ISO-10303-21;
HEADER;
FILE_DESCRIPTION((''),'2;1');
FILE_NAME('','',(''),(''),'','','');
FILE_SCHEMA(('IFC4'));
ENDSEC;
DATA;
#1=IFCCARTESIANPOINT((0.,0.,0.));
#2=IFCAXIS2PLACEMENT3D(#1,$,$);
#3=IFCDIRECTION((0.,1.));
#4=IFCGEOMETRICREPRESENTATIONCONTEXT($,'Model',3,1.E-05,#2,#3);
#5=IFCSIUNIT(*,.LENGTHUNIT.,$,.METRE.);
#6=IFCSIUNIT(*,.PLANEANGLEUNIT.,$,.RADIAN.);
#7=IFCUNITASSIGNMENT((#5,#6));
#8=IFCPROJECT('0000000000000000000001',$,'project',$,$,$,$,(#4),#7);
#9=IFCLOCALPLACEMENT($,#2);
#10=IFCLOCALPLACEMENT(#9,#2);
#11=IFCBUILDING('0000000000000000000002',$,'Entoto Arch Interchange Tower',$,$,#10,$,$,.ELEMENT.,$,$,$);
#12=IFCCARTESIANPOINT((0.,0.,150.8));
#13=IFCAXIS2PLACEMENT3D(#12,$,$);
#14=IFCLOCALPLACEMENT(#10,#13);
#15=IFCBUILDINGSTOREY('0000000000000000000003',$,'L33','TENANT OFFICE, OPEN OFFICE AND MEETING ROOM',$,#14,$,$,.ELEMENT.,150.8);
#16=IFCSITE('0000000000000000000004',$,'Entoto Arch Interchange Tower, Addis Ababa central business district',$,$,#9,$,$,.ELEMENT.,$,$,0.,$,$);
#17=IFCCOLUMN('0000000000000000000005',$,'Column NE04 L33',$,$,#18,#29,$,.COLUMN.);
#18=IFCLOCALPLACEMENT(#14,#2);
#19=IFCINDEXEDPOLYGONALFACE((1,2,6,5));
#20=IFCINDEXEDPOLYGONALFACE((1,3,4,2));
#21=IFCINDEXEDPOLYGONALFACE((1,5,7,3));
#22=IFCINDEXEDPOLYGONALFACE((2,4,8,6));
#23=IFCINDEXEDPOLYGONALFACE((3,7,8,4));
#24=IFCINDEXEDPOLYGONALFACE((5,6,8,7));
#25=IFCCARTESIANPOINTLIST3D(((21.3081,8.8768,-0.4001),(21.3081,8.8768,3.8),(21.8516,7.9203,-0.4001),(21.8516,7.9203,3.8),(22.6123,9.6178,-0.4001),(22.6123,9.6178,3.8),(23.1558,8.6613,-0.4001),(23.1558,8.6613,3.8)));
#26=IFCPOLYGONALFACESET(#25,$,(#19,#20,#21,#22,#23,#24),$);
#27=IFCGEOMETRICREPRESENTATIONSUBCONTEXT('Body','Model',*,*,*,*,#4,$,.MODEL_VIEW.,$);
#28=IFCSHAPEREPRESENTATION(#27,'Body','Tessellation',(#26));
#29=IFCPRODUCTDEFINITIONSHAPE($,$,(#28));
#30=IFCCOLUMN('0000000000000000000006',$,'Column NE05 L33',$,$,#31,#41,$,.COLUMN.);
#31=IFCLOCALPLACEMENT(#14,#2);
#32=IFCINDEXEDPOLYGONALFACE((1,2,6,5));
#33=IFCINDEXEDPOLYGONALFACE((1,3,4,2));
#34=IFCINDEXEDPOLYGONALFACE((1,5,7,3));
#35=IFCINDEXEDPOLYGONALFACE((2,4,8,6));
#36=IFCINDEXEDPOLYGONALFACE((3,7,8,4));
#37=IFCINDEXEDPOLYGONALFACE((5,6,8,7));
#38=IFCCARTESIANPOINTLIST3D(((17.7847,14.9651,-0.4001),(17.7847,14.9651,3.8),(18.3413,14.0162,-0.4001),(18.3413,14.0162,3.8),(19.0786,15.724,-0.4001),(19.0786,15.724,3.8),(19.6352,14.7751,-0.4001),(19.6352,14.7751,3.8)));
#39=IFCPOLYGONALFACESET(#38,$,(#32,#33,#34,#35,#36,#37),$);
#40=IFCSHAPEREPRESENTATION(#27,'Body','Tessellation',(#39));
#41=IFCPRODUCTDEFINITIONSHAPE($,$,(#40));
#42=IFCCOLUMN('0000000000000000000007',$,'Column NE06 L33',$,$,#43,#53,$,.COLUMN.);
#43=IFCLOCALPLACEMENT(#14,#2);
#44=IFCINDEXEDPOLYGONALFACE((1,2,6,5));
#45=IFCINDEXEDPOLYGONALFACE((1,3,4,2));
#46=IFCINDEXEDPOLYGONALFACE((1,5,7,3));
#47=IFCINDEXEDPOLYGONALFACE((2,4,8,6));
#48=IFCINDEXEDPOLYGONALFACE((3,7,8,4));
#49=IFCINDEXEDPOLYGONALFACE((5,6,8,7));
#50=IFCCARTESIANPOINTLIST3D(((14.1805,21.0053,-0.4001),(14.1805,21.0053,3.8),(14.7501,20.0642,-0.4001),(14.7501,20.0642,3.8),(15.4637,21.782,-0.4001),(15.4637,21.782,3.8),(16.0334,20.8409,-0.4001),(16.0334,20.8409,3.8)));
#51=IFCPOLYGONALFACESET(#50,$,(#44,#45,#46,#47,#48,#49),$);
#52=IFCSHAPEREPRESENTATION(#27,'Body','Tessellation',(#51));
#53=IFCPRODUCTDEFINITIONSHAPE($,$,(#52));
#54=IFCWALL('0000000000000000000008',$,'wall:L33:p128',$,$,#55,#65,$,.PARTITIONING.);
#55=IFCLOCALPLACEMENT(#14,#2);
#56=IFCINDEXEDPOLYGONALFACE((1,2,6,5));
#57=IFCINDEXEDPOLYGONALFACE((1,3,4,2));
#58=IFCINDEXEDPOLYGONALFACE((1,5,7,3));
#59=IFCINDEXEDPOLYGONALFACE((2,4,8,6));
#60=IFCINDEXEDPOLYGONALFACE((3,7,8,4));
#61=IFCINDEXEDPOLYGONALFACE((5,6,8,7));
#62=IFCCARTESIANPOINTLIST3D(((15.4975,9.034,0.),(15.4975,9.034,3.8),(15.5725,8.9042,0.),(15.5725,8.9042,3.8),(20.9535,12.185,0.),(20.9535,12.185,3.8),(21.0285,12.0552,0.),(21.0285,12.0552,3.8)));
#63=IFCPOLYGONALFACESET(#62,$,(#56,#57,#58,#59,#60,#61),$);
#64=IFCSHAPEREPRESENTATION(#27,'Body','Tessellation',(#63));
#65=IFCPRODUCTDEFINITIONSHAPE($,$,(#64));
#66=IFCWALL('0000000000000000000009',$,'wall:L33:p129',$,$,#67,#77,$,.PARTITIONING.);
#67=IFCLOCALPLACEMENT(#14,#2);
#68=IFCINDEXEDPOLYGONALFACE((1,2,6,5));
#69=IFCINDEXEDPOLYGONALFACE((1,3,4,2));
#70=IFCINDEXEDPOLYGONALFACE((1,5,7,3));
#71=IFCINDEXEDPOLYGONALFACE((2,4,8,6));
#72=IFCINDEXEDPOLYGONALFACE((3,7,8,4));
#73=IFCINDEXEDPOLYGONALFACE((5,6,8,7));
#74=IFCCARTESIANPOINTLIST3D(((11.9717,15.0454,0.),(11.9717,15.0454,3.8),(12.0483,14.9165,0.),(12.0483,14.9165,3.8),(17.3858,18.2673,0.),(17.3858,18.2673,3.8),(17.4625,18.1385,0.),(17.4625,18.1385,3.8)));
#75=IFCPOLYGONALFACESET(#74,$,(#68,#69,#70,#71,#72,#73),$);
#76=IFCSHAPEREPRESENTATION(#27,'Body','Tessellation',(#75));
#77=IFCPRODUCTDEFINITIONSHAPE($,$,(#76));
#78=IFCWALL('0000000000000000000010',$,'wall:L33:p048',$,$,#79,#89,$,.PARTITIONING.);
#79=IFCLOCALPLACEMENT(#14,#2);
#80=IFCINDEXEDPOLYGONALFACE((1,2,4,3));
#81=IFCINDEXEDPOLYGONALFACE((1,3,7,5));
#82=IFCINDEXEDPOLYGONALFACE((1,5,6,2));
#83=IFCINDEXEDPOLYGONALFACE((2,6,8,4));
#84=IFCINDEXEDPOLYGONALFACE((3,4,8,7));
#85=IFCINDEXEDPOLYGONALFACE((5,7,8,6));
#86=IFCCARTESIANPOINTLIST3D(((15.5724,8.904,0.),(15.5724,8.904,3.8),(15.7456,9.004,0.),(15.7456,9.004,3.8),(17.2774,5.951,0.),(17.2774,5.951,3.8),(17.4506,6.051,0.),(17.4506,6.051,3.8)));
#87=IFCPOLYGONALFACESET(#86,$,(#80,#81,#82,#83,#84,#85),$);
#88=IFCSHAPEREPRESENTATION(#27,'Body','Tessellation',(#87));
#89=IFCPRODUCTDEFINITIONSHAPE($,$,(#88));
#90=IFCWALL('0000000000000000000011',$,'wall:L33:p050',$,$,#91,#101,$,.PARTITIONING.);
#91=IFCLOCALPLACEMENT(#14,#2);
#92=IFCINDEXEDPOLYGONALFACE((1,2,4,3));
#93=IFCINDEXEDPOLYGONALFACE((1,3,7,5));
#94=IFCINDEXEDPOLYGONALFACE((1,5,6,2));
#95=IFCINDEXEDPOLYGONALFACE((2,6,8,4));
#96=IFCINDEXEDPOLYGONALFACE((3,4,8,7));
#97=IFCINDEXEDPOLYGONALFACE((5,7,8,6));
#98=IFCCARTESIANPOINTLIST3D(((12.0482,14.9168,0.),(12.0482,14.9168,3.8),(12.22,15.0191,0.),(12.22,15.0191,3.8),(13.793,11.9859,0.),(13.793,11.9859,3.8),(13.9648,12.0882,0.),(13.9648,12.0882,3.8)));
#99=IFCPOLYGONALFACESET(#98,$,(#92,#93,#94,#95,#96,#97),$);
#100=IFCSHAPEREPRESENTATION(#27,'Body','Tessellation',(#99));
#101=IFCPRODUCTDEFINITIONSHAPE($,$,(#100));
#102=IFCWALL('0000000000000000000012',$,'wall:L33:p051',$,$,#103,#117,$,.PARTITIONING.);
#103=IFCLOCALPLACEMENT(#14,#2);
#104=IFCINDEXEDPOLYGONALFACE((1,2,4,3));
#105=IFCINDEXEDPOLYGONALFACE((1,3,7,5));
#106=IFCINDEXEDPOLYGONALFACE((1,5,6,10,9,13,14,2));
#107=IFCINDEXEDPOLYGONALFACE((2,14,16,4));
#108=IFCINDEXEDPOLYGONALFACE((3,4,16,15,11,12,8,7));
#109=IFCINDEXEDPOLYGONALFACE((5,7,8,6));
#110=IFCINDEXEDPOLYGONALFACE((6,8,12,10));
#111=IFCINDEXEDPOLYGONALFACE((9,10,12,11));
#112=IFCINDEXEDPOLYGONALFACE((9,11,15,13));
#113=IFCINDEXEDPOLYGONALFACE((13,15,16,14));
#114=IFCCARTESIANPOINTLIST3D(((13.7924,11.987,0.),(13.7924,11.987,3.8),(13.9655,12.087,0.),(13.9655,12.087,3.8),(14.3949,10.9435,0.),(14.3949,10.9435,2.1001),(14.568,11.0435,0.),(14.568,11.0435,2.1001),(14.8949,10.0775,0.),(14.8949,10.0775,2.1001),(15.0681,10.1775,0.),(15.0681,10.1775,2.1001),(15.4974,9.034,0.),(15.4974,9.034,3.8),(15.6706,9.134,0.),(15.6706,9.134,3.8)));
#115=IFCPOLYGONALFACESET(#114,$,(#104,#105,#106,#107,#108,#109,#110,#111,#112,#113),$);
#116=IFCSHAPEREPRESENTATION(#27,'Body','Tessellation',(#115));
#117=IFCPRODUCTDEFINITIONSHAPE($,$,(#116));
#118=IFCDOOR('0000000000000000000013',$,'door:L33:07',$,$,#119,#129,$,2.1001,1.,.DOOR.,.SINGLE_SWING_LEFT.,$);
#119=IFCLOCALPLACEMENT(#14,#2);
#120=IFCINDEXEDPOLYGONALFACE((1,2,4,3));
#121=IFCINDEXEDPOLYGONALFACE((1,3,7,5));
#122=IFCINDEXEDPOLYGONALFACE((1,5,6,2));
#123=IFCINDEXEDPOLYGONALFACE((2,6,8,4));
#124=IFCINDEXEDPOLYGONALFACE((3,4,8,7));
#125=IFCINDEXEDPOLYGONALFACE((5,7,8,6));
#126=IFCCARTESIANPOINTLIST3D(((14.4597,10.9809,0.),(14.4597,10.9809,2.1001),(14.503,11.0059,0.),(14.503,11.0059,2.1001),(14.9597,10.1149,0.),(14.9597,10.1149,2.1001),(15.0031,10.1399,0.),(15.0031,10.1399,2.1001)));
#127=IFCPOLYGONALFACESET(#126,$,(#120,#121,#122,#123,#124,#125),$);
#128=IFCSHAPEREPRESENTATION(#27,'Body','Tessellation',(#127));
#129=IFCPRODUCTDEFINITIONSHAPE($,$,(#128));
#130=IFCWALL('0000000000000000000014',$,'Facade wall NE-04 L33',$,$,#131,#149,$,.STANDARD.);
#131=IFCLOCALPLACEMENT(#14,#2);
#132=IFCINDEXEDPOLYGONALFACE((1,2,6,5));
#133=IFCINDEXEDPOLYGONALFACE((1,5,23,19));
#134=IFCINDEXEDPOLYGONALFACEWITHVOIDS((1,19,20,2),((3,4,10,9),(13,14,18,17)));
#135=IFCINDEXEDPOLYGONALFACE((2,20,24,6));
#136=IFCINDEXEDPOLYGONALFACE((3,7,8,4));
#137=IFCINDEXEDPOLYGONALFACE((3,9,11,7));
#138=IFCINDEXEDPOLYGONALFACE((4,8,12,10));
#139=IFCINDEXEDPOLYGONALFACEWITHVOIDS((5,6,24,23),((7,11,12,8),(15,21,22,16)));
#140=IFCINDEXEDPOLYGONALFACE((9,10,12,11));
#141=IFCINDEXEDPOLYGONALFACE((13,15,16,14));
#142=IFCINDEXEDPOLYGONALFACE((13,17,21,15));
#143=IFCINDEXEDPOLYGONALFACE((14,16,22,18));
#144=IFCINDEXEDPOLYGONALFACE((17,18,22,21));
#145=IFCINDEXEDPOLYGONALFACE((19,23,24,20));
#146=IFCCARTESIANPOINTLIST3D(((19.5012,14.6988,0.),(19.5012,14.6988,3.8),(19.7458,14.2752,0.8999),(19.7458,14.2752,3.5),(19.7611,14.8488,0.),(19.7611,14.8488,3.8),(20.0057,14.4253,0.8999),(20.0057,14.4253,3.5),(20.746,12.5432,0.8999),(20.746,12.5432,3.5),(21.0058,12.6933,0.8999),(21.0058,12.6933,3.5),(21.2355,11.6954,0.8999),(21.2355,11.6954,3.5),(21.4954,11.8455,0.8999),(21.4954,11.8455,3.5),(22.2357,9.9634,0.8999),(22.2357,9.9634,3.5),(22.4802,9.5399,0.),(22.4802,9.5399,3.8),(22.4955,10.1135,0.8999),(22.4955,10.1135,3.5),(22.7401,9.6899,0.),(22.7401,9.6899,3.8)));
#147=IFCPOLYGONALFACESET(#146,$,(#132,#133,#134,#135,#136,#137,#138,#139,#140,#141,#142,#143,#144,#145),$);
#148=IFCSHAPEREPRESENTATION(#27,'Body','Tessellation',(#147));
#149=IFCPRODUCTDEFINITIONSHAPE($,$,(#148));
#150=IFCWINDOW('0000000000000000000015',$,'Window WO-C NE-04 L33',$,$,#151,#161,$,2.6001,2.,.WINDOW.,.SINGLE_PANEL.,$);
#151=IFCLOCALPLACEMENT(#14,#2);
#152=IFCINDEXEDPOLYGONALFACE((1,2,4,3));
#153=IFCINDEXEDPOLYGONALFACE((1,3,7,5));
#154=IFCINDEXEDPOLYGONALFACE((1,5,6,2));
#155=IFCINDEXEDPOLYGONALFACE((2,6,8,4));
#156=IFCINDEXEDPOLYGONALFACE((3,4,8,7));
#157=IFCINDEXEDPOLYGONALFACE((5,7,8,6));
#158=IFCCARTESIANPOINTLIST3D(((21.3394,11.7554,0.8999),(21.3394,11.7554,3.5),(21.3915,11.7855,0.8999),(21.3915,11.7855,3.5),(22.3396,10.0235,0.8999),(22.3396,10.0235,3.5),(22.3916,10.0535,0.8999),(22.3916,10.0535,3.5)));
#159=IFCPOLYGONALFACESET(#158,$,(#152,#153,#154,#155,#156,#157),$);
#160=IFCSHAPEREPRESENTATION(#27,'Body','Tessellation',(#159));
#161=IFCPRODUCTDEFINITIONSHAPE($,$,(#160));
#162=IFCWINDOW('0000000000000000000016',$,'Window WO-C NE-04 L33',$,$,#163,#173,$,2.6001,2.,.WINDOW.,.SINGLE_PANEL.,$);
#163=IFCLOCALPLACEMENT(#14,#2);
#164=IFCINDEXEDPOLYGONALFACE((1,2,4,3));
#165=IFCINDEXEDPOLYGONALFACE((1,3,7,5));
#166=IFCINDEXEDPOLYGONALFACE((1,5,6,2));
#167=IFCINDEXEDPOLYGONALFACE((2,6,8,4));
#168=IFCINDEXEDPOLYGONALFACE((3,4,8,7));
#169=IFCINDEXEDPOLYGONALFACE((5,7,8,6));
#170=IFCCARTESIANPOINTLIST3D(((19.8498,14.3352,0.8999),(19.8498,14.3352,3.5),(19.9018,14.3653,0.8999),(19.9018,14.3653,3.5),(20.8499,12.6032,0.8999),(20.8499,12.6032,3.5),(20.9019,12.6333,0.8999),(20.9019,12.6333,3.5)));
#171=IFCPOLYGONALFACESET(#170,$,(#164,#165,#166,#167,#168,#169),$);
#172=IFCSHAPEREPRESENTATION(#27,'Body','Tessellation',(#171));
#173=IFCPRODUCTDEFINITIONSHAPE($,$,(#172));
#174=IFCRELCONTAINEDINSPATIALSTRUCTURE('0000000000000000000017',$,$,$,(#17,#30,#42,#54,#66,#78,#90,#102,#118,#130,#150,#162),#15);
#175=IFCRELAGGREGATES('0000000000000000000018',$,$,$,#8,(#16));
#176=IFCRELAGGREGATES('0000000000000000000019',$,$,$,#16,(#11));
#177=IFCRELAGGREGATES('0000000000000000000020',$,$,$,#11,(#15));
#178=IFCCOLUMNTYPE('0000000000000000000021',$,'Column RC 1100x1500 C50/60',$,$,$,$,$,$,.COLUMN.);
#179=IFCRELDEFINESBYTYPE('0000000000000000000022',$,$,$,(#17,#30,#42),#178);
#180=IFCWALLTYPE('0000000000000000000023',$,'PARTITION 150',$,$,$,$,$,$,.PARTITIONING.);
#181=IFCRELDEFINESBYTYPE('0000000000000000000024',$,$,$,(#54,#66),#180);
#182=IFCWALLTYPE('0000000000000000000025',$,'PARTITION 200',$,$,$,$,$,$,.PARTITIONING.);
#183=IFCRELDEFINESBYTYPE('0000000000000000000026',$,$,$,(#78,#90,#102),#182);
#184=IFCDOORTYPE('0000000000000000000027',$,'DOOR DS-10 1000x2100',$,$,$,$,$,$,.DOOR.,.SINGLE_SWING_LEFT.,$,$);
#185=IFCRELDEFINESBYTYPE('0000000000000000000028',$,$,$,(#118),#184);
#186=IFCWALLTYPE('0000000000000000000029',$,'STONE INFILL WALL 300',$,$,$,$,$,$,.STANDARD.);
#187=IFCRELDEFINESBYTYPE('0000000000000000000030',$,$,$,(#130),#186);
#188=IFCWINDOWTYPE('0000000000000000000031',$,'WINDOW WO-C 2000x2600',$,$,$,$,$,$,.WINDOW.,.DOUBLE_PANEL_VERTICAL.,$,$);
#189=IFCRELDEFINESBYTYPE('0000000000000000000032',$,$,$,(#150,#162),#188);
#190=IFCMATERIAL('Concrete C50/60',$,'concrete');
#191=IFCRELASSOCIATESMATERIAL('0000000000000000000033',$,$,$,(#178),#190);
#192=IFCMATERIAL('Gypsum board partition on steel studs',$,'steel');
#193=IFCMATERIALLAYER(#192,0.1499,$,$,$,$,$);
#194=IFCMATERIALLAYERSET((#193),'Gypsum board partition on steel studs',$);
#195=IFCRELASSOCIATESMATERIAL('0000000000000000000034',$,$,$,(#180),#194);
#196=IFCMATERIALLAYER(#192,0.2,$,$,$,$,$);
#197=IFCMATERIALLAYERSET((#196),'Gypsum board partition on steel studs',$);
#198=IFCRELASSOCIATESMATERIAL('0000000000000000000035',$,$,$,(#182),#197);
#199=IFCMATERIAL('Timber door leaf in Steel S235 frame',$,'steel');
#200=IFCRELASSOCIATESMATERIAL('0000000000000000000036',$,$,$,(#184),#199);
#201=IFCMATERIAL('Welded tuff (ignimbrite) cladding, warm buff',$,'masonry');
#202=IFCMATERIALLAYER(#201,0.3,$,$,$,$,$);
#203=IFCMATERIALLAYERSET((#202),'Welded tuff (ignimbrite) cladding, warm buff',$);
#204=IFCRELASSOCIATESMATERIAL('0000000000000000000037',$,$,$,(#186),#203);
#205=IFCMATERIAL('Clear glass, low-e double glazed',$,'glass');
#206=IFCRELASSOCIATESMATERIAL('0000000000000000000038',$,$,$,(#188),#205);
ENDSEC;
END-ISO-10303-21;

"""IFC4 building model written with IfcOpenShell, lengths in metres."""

from ifc_helpers import new_model, si_unit, direction, frame, frame_2d, origin, origin_2d, place, context, subcontext, project, spatial, rectangle, extrude, material, layer, layer_set, material_profile, profile_set, type_object, element, fill, save


model = new_model("IFC4")

# Units and contexts
model_context = context("Model", 3, precision=1e-05, world=origin(), true_north=direction((0.0, 1.0)))
body_context = subcontext(model_context, "Body", "Model", "MODEL_VIEW")
ifc_project = project(units=[si_unit("LENGTHUNIT", "METRE"), si_unit("PLANEANGLEUNIT", "RADIAN")], contexts=[model_context])

# Site, building, storey
site_placement = place(None, origin())
site = spatial("IfcSite", under=ifc_project, at=site_placement, Name="Entoto Arch Interchange Tower, Addis Ababa central business district", CompositionType="ELEMENT", RefElevation=0.0)
building_placement = place(site_placement, origin())
building = spatial("IfcBuilding", under=site, at=building_placement, Name="Entoto Arch Interchange Tower", CompositionType="ELEMENT")
storey_placement = place(building_placement, frame((0.0, 0.0, 150.8)))
storey = spatial("IfcBuildingStorey", under=building, at=storey_placement, Name="L33", Description="TENANT OFFICE, OPEN OFFICE AND MEETING ROOM", CompositionType="ELEMENT", Elevation=150.8)

# Columns
ifc_material_1 = material(Name="Concrete C50/60", Category="concrete")
ifc_material_profile = material_profile(ifc_material_1, rectangle(XDim=1.1001, YDim=1.5, at=origin_2d()))
ifc_profile_set = profile_set([ifc_material_profile], Name="Concrete C50/60")
column_type = type_object("IfcColumnType", Name="Column RC 1100x1500 C50/60", PredefinedType="COLUMN", material=ifc_profile_set)
for number, where, z_axis, x_axis, name in (
    (1, (22.2319, 8.769, -0.4001), (0.0, 0.0, 1.0), (-0.494018, 0.869452, 0.0), "Column NE04 L33"),
    (2, (18.71, 14.8701, -0.4001), (0.0, 0.0, 1.0), (-0.505958, 0.862558, 0.0), "Column NE05 L33"),
    (3, (15.1069, 20.9231, -0.4001), (0.0, 0.0, 1.0), (-0.517803, 0.8555, 0.0), "Column NE06 L33"),
):
    element("IfcColumn", number, at=place(storey_placement, frame(where, z_axis=z_axis, x_axis=x_axis)), inside=storey, type_object=column_type, Name=name, PredefinedType="COLUMN", context=body_context, shape_type="SweptSolid", body=[
        extrude(rectangle(XDim=1.1001, YDim=1.5, at=origin_2d()), origin(), (0.0, 0.0, 1.0), 4.2002),
    ])

# Walls
ifc_material_2 = material(Name="Gypsum board partition on steel studs", Category="steel")
ifc_layer_1 = layer(ifc_material_2, 0.1499)
ifc_layer_set_1 = layer_set([ifc_layer_1], Name="Gypsum board partition on steel studs")
wall_type_1 = type_object("IfcWallType", Name="PARTITION 150", PredefinedType="PARTITIONING", material=ifc_layer_set_1)
wall_1_placement = place(storey_placement, frame((15.5349, 8.969, 0.0), z_axis=(0.0, 0.0, 1.0), x_axis=(0.865952, 0.500127, 0.0)))
element("IfcWall", 4, at=wall_1_placement, inside=storey, type_object=wall_type_1, Name="wall:L33:p128", PredefinedType="PARTITIONING", context=body_context, shape_type="SweptSolid", body=[
    extrude(rectangle(XDim=6.3005, YDim=0.1499, at=frame_2d((3.1504, 0.0))), origin(), (0.0, 0.0, 1.0), 3.8),
])
wall_2_placement = place(storey_placement, frame((12.01, 14.981, 0.0), z_axis=(0.0, 0.0, 1.0), x_axis=(0.859344, 0.511398, 0.0)))
element("IfcWall", 5, at=wall_2_placement, inside=storey, type_object=wall_type_1, Name="wall:L33:p129", PredefinedType="PARTITIONING", context=body_context, shape_type="SweptSolid", body=[
    extrude(rectangle(XDim=6.3003, YDim=0.1499, at=frame_2d((3.1501, 0.0))), origin(), (0.0, 0.0, 1.0), 3.8),
])
ifc_layer_2 = layer(ifc_material_2, 0.2)
ifc_layer_set_2 = layer_set([ifc_layer_2], Name="Gypsum board partition on steel studs")
wall_type_2 = type_object("IfcWallType", Name="PARTITION 200", PredefinedType="PARTITIONING", material=ifc_layer_set_2)
wall_3_placement = place(storey_placement, frame((15.6589, 8.9541, 0.0), z_axis=(0.0, 0.0, 1.0), x_axis=(0.50002, -0.866014, 0.0)))
element("IfcWall", 6, at=wall_3_placement, inside=storey, type_object=wall_type_2, Name="wall:L33:p048", PredefinedType="PARTITIONING", context=body_context, shape_type="SweptSolid", body=[
    extrude(rectangle(XDim=3.4099, YDim=0.2, at=frame_2d((1.7051, 0.0))), origin(), (0.0, 0.0, 1.0), 3.8),
])
wall_4_placement = place(storey_placement, frame((12.134, 14.968, 0.0), z_axis=(0.0, 0.0, 1.0), x_axis=(0.511546, -0.859256, 0.0)))
element("IfcWall", 7, at=wall_4_placement, inside=storey, type_object=wall_type_2, Name="wall:L33:p050", PredefinedType="PARTITIONING", context=body_context, shape_type="SweptSolid", body=[
    extrude(rectangle(XDim=3.4109, YDim=0.2, at=frame_2d((1.7056, 0.0))), origin(), (0.0, 0.0, 1.0), 3.8),
])

# Wall, opening, door
wall_5_placement = place(storey_placement, frame((13.8789, 12.0371, 0.0), z_axis=(0.0, 0.0, 1.0), x_axis=(0.50002, -0.866014, 0.0)))
wall_5 = element("IfcWall", 8, at=wall_5_placement, inside=storey, type_object=wall_type_2, Name="wall:L33:p051", PredefinedType="PARTITIONING", context=body_context, shape_type="SweptSolid", body=[
    extrude(rectangle(XDim=3.4099, YDim=0.2, at=frame_2d((1.7051, 0.0))), origin(), (0.0, 0.0, 1.0), 3.8),
])
opening_1_placement = place(wall_5_placement, frame((1.2051, 0.0, 0.0)))
opening_1 = element("IfcOpeningElement", 9, at=opening_1_placement, cuts=wall_5, PredefinedType="OPENING", context=body_context, shape_type="SweptSolid", body=[
    extrude(rectangle(XDim=1.0, YDim=2.1001, at=frame_2d((0.5, 1.05))), frame((0.0, 0.1099, 0.0), z_axis=(0.0, -1.0, 0.0), x_axis=(1.0, 0.0, 0.0)), (0.0, 0.0, 1.0), 0.22),
])
ifc_material_3 = material(Name="Timber door leaf in Steel S235 frame", Category="steel")
door_type = type_object("IfcDoorType", Name="DOOR DS-10 1000x2100", OperationType="SINGLE_SWING_LEFT", PredefinedType="DOOR", material=ifc_material_3)
door_placement = place(opening_1_placement, origin())
door = element("IfcDoor", 10, at=door_placement, inside=storey, type_object=door_type, Name="door:L33:07", OperationType="SINGLE_SWING_LEFT", OverallHeight=2.1001, OverallWidth=1.0, PredefinedType="DOOR", context=body_context, shape_type="SweptSolid", body=[
    extrude(rectangle(XDim=1.0, YDim=2.1001, at=frame_2d((0.5, 1.05))), frame((0.0, 0.0249, 0.0), z_axis=(0.0, -1.0, 0.0), x_axis=(1.0, 0.0, 0.0)), (0.0, 0.0, 1.0), 0.05),
])
fill(opening_1, door)

# Wall, openings, windows
ifc_material_4 = material(Name="Welded tuff (ignimbrite) cladding, warm buff", Category="masonry")
ifc_layer_3 = layer(ifc_material_4, 0.3)
ifc_layer_set_3 = layer_set([ifc_layer_3], Name="Welded tuff (ignimbrite) cladding, warm buff")
wall_type_3 = type_object("IfcWallType", Name="STONE INFILL WALL 300", PredefinedType="STANDARD", material=ifc_layer_set_3)
wall_6_placement = place(storey_placement, frame((22.6101, 9.615, 0.0), z_axis=(0.0, 0.0, 1.0), x_axis=(-0.500062, 0.86599, 0.0)))
wall_6 = element("IfcWall", 11, at=wall_6_placement, inside=storey, type_object=wall_type_3, Name="Facade wall NE-04 L33", PredefinedType="STANDARD", context=body_context, shape_type="SweptSolid", body=[
    extrude(rectangle(XDim=5.9573, YDim=0.3, at=frame_2d((2.9785, 0.0))), origin(), (0.0, 0.0, 1.0), 3.8),
])
opening_2_placement = place(wall_6_placement, frame((0.489, 0.0, 0.8999)))
opening_2 = element("IfcOpeningElement", 12, at=opening_2_placement, cuts=wall_6, PredefinedType="OPENING", context=body_context, shape_type="SweptSolid", body=[
    extrude(rectangle(XDim=2.0, YDim=2.6001, at=frame_2d((1.0, 1.3))), frame((0.0, 0.1602, 0.0), z_axis=(0.0, -1.0, 0.0), x_axis=(1.0, 0.0, 0.0)), (0.0, 0.0, 1.0), 0.3201),
])
opening_3_placement = place(wall_6_placement, frame((3.468, 0.0, 0.8999)))
opening_3 = element("IfcOpeningElement", 13, at=opening_3_placement, cuts=wall_6, PredefinedType="OPENING", context=body_context, shape_type="SweptSolid", body=[
    extrude(rectangle(XDim=2.0, YDim=2.6001, at=frame_2d((1.0, 1.3))), frame((0.0, 0.1602, 0.0), z_axis=(0.0, -1.0, 0.0), x_axis=(1.0, 0.0, 0.0)), (0.0, 0.0, 1.0), 0.3201),
])
ifc_material_5 = material(Name="Clear glass, low-e double glazed", Category="glass")
window_type = type_object("IfcWindowType", Name="WINDOW WO-C 2000x2600", PartitioningType="DOUBLE_PANEL_VERTICAL", PredefinedType="WINDOW", material=ifc_material_5)
window_1_placement = place(opening_2_placement, origin())
window_1 = element("IfcWindow", 14, at=window_1_placement, inside=storey, type_object=window_type, Name="Window WO-C NE-04 L33", OverallHeight=2.6001, OverallWidth=2.0, PartitioningType="SINGLE_PANEL", PredefinedType="WINDOW", context=body_context, shape_type="SweptSolid", body=[
    extrude(rectangle(XDim=2.0, YDim=2.6001, at=frame_2d((1.0, 1.3))), frame((0.0, 0.03, 0.0), z_axis=(0.0, -1.0, 0.0), x_axis=(1.0, 0.0, 0.0)), (0.0, 0.0, 1.0), 0.0601),
])
fill(opening_2, window_1)
window_2_placement = place(opening_3_placement, origin())
window_2 = element("IfcWindow", 15, at=window_2_placement, inside=storey, type_object=window_type, Name="Window WO-C NE-04 L33", OverallHeight=2.6001, OverallWidth=2.0, PartitioningType="SINGLE_PANEL", PredefinedType="WINDOW", context=body_context, shape_type="SweptSolid", body=[
    extrude(rectangle(XDim=2.0, YDim=2.6001, at=frame_2d((1.0, 1.3))), frame((0.0, 0.03, 0.0), z_axis=(0.0, -1.0, 0.0), x_axis=(1.0, 0.0, 0.0)), (0.0, 0.0, 1.0), 0.0601),
])
fill(opening_3, window_2)

save(model, "model.ifc")
